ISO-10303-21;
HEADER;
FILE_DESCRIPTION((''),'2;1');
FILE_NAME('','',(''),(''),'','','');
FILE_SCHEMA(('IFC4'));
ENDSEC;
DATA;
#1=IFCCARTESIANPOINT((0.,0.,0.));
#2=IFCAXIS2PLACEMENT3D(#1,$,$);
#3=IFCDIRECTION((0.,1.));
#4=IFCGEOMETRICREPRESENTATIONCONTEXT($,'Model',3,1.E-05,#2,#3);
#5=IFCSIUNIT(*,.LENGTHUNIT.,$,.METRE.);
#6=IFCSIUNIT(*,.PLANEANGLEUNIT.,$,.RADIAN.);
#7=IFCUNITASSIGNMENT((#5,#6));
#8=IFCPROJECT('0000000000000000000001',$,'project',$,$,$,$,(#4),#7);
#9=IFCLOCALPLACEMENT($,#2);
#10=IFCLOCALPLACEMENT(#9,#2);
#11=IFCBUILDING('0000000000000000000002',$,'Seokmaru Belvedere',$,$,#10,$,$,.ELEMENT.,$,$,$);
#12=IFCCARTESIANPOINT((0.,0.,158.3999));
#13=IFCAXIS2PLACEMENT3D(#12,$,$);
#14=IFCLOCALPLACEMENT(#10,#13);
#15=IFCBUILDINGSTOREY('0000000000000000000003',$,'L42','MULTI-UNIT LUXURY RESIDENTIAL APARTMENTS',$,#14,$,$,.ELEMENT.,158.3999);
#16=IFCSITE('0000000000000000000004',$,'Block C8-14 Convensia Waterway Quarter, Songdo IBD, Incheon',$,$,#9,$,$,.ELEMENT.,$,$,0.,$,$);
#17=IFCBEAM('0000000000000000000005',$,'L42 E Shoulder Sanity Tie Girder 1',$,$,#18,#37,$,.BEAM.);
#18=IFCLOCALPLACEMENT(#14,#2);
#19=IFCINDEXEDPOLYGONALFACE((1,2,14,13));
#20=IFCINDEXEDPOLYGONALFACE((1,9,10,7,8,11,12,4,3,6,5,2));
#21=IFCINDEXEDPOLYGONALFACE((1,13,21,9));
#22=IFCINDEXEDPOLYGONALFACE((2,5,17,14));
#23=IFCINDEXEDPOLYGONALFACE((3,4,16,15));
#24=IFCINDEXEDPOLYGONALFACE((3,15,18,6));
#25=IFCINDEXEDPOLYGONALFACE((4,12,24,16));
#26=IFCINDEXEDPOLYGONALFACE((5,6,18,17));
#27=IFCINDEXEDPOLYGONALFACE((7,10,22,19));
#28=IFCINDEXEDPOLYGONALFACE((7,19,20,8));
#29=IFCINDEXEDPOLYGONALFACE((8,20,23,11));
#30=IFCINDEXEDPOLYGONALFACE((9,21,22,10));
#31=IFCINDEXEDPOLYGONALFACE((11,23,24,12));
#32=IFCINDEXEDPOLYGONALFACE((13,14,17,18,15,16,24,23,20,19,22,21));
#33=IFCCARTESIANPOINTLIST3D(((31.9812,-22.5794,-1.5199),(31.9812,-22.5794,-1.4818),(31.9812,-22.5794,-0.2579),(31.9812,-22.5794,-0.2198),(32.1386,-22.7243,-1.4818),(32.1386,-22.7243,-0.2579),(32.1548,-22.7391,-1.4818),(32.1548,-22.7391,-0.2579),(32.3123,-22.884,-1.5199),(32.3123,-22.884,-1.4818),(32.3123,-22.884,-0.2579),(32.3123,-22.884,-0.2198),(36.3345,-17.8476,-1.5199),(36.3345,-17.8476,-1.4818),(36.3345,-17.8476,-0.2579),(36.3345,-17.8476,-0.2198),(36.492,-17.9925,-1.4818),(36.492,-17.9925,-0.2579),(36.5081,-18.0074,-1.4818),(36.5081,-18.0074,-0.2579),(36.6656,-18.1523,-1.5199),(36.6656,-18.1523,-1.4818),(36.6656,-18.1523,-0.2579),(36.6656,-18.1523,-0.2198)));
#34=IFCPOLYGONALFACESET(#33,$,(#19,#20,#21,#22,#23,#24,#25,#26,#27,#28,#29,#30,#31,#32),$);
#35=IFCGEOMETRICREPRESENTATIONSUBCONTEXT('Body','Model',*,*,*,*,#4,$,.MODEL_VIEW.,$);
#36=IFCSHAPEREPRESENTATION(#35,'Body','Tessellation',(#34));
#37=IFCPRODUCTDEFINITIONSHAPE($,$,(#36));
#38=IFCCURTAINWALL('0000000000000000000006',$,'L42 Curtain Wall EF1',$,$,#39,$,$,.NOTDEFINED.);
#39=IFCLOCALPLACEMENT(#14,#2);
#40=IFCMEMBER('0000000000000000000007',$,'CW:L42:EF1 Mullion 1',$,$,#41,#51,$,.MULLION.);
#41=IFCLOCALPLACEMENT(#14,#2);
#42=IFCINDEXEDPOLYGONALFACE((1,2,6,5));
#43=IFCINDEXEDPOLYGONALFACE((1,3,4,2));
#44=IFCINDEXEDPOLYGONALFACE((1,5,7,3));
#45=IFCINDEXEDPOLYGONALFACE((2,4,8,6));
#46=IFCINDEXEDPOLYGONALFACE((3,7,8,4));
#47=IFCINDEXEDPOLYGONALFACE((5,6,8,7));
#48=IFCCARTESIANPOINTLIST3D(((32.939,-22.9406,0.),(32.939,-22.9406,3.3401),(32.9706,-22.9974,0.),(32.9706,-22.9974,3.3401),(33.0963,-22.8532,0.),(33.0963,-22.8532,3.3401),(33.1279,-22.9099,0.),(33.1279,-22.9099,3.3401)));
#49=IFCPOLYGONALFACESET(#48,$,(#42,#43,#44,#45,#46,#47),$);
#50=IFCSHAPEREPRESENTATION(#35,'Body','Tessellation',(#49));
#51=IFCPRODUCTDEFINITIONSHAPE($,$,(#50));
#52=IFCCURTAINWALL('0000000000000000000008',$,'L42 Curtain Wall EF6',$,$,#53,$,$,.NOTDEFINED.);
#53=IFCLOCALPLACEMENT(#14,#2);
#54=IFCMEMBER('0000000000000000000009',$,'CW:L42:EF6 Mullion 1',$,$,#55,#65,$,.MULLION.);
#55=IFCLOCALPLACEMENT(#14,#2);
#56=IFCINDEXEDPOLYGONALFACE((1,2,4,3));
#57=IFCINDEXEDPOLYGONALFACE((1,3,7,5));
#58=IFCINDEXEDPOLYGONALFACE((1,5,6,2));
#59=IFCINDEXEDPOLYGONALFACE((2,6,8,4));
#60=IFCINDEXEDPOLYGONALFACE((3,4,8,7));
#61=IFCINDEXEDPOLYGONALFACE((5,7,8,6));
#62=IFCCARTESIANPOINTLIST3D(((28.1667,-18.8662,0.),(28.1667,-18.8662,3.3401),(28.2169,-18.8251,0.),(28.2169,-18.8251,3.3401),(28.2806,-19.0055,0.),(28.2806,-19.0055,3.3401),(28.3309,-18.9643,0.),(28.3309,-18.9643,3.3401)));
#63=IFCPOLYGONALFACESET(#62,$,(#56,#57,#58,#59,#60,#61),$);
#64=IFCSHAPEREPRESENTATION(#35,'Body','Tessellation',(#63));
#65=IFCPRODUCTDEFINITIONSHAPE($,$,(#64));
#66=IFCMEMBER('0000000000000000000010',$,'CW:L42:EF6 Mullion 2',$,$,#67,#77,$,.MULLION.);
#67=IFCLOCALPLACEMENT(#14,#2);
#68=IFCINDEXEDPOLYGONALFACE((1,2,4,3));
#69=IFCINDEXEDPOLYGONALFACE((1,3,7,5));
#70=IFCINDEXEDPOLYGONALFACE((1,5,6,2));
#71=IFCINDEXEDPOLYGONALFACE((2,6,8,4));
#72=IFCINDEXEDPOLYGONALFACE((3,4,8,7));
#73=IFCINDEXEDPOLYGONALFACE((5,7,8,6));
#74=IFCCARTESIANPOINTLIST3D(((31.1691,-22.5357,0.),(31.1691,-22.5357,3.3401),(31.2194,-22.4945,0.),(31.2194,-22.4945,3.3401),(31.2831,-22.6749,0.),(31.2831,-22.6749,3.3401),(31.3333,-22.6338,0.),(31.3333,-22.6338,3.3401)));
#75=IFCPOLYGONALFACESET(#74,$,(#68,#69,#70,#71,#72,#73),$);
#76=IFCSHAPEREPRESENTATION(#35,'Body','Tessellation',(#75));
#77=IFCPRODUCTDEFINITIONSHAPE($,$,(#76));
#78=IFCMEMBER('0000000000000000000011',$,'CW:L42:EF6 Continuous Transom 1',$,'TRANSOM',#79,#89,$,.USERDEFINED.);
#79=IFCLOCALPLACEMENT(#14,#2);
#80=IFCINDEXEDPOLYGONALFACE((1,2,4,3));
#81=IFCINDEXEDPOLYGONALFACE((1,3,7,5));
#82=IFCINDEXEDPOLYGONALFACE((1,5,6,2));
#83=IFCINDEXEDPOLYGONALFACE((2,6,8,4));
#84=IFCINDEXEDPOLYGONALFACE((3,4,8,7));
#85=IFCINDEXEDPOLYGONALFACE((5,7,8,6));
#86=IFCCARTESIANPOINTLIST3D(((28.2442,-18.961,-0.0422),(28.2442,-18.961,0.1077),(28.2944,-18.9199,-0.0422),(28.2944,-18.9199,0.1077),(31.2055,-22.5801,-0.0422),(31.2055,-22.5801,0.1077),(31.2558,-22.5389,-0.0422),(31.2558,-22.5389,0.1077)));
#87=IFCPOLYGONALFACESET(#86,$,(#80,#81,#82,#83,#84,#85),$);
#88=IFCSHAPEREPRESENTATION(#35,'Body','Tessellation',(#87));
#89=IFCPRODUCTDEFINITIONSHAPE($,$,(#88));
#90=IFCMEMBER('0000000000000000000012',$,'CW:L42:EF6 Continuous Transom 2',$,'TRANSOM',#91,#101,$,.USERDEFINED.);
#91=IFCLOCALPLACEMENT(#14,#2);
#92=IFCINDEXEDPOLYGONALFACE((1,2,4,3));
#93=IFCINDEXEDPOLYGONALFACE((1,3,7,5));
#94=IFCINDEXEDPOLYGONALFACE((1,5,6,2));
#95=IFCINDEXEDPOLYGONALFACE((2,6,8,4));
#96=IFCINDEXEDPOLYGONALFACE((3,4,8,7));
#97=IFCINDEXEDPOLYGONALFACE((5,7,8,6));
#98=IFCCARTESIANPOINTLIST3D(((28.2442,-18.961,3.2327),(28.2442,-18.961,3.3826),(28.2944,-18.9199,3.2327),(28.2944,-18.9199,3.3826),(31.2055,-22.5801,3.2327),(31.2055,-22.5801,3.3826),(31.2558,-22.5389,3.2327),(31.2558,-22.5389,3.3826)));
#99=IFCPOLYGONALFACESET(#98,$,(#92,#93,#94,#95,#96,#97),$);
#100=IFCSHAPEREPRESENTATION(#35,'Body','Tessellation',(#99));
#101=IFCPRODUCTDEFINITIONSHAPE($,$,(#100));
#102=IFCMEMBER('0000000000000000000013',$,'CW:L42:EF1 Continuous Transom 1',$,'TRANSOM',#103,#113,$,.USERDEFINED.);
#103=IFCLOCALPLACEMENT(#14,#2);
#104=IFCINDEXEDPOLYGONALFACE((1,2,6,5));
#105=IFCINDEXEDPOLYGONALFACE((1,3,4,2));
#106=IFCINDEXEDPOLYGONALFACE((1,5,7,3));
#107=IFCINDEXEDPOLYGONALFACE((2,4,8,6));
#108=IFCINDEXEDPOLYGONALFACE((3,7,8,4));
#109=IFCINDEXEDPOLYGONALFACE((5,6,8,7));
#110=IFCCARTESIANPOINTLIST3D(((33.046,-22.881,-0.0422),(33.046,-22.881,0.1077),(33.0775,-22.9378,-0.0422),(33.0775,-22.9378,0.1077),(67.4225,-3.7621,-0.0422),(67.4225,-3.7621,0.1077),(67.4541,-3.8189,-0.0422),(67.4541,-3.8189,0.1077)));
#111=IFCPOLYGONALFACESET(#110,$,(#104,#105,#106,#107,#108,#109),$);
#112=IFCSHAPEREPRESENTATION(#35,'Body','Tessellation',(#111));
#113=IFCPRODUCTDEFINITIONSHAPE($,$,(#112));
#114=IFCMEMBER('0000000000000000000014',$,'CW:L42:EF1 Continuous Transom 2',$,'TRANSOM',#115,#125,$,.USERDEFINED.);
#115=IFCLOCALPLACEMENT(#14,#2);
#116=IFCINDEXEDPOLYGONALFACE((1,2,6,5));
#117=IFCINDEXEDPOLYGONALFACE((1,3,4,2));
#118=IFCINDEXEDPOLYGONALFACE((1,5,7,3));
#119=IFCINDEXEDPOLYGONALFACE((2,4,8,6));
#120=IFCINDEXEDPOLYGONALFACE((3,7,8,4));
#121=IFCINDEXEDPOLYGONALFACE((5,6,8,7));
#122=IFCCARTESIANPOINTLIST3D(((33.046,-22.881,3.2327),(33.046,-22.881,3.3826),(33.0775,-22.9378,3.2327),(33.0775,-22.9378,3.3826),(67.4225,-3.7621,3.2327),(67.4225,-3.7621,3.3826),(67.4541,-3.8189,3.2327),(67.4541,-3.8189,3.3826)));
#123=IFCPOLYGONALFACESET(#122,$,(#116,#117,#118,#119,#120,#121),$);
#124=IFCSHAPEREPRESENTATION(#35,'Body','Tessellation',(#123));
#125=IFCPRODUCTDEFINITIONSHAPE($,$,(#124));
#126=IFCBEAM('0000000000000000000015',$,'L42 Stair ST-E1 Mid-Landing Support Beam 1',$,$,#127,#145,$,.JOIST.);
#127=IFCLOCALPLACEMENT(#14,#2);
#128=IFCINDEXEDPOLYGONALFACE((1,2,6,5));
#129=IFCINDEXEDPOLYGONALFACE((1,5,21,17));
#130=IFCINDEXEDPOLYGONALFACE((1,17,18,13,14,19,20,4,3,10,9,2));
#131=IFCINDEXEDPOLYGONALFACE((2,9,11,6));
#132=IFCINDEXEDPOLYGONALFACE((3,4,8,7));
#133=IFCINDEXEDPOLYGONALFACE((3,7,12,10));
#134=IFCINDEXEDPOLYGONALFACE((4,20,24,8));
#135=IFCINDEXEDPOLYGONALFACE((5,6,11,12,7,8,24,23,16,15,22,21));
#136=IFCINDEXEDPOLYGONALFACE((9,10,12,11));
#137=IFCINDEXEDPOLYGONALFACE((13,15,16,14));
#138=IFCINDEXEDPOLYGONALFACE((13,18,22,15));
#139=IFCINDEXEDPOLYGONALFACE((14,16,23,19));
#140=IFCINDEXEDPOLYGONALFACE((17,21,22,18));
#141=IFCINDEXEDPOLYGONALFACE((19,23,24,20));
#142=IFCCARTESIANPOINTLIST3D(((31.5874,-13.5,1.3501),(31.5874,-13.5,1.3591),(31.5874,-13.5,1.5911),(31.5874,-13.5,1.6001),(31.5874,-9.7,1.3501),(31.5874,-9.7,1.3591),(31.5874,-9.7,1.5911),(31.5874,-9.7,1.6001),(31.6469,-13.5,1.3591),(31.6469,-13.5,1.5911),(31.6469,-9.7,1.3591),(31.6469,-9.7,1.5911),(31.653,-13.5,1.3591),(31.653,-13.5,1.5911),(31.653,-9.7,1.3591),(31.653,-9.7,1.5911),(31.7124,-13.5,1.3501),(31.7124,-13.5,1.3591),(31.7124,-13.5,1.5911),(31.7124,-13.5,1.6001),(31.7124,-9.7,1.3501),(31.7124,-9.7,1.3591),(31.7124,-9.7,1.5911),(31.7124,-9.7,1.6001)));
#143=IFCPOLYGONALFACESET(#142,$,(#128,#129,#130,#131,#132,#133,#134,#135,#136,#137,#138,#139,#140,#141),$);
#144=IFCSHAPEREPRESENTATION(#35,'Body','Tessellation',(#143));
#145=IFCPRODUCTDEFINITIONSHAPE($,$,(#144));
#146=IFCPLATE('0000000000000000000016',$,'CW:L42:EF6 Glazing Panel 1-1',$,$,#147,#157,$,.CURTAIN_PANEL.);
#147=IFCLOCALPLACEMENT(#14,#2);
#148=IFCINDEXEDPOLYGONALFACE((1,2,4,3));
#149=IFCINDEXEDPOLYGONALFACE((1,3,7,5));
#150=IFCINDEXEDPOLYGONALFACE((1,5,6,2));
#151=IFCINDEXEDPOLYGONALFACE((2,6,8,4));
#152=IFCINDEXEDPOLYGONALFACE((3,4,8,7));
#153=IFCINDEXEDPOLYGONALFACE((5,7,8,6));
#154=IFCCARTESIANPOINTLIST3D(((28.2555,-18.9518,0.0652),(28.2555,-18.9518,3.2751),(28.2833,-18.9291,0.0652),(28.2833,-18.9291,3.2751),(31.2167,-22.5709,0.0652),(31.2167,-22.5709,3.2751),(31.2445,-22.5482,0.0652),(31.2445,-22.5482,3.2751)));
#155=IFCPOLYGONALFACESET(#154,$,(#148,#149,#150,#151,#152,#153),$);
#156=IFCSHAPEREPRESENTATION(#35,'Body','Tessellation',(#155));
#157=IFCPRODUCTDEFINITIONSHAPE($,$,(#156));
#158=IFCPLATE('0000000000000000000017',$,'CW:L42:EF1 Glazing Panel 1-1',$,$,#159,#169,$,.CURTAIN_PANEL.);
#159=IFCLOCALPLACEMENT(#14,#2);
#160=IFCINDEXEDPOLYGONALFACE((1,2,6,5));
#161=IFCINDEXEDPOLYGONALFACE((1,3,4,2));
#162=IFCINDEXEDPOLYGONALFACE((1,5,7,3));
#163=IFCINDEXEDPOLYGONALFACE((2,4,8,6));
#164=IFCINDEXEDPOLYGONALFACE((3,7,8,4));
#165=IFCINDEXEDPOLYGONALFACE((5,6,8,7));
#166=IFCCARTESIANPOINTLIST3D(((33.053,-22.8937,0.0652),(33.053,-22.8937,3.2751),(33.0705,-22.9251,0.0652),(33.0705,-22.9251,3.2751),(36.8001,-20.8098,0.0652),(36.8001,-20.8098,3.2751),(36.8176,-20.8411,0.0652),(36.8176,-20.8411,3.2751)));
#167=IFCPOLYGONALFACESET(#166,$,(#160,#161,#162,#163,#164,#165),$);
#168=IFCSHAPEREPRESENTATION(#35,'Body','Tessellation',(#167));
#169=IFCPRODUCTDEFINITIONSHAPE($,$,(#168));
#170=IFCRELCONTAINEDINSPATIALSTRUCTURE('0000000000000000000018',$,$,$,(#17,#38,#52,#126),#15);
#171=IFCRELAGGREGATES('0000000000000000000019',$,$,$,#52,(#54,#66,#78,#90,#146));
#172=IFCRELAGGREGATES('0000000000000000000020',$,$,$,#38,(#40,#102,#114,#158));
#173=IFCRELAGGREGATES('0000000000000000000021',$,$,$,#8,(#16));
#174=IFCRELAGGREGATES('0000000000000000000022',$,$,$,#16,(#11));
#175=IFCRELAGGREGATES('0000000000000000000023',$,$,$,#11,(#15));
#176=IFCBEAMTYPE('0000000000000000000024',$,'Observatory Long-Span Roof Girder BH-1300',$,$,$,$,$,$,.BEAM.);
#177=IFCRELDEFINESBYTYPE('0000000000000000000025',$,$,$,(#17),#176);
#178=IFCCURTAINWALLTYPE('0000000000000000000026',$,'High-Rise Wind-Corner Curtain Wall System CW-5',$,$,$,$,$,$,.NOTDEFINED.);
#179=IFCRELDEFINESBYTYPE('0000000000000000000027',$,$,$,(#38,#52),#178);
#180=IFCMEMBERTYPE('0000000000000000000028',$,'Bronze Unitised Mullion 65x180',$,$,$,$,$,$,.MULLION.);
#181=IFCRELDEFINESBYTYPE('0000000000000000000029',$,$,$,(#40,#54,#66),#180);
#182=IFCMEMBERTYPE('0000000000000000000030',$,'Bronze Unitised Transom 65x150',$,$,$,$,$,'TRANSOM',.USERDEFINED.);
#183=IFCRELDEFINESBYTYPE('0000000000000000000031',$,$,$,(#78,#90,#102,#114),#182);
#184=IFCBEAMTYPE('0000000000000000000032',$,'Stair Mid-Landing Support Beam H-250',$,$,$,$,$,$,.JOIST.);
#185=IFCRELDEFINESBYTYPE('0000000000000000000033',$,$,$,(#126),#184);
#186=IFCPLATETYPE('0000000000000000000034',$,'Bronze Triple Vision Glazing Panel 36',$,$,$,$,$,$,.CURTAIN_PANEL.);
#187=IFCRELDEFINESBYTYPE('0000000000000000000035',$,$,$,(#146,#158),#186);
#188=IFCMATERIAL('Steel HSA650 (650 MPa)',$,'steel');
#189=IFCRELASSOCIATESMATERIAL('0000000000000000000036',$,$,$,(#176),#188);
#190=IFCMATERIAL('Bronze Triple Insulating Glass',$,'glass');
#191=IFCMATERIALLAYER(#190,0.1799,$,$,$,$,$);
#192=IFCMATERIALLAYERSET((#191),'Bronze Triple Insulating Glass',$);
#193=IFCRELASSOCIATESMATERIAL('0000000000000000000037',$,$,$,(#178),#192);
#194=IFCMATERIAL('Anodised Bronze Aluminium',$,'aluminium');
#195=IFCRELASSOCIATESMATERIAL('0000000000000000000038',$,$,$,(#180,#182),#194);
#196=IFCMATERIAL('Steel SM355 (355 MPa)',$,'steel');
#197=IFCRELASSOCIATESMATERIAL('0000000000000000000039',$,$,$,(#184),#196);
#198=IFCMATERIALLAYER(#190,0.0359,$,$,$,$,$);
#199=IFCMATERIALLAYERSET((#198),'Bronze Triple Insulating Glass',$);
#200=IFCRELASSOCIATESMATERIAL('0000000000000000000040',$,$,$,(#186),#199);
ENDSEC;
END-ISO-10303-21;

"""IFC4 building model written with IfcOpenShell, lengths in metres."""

from ifc_helpers import new_model, si_unit, direction, frame, origin, origin_2d, place, context, subcontext, project, spatial, rectangle, i_section, extrude, source, transform, mapped, material, layer, layer_set, material_profile, profile_set, type_object, type_shapes, element, aggregate, save


model = new_model("IFC4")

# Units and contexts
model_context = context("Model", 3, precision=1e-05, world=origin(), true_north=direction((0.0, 1.0)))
body_context = subcontext(model_context, "Body", "Model", "MODEL_VIEW")
ifc_project = project(units=[si_unit("LENGTHUNIT", "METRE"), si_unit("PLANEANGLEUNIT", "RADIAN")], contexts=[model_context])

# Site, building, storey
site_placement = place(None, origin())
site = spatial("IfcSite", under=ifc_project, at=site_placement, Name="Block C8-14 Convensia Waterway Quarter, Songdo IBD, Incheon", CompositionType="ELEMENT", RefElevation=0.0)
building_placement = place(site_placement, origin())
building = spatial("IfcBuilding", under=site, at=building_placement, Name="Seokmaru Belvedere", CompositionType="ELEMENT")
storey_placement = place(building_placement, frame((0.0, 0.0, 158.3999)))
storey = spatial("IfcBuildingStorey", under=building, at=storey_placement, Name="L42", Description="MULTI-UNIT LUXURY RESIDENTIAL APARTMENTS", CompositionType="ELEMENT", Elevation=158.3999)

# Shared definitions
ifc_material_1 = material(Name="Steel SM355 (355 MPa)", Category="steel")

# Beam
ifc_material_2 = material(Name="Steel HSA650 (650 MPa)", Category="steel")
ifc_material_profile_1 = material_profile(ifc_material_2, i_section(OverallWidth=0.45, OverallDepth=1.3, WebThickness=0.022, FlangeThickness=0.0381, at=origin_2d()), Name="BH-1300x450x22x38")
ifc_profile_set_1 = profile_set([ifc_material_profile_1], Name="Steel HSA650 (650 MPa)")
beam_type_1 = type_object("IfcBeamType", Name="Observatory Long-Span Roof Girder BH-1300", PredefinedType="BEAM", material=ifc_profile_set_1)
shared_shape_1 = source(origin(), body_context, "Body", "SweptSolid", [
    extrude(i_section(OverallWidth=0.45, OverallDepth=1.3, WebThickness=0.022, FlangeThickness=0.0381, at=origin_2d()), origin(), (0.0, 0.0, 1.0), 6.4297),
])
beam_1_placement = place(storey_placement, frame((32.1467, -22.7317, -0.8699), z_axis=(0.677066, 0.735922, 0.0), x_axis=(-0.735922, 0.677066, 0.0)))
element("IfcBeam", 1, at=beam_1_placement, inside=storey, type_object=beam_type_1, Name="L42 E Shoulder Sanity Tie Girder 1", PredefinedType="BEAM", context=body_context, shape_type="MappedRepresentation", body=[
    mapped(shared_shape_1, transform((0.0, 0.0, 0.0), scale=1.0)),
])

# Curtain wall, member
ifc_material_3 = material(Name="Bronze Triple Insulating Glass", Category="glass")
ifc_layer_1 = layer(ifc_material_3, 0.1799)
ifc_layer_set_1 = layer_set([ifc_layer_1], Name="Bronze Triple Insulating Glass")
curtain_wall_type = type_object("IfcCurtainWallType", Name="High-Rise Wind-Corner Curtain Wall System CW-5", PredefinedType="NOTDEFINED", material=ifc_layer_set_1)
curtain_wall_1_placement = place(storey_placement, origin())
curtain_wall_1 = element("IfcCurtainWall", 2, at=curtain_wall_1_placement, inside=storey, type_object=curtain_wall_type, Name="L42 Curtain Wall EF1", PredefinedType="NOTDEFINED")
ifc_material_4 = material(Name="Anodised Bronze Aluminium", Category="aluminium")
ifc_material_profile_2 = material_profile(ifc_material_4, rectangle(XDim=0.0649, YDim=0.1799, at=origin_2d()), Name="CW-M-65x180")
ifc_profile_set_2 = profile_set([ifc_material_profile_2], Name="Anodised Bronze Aluminium")
member_type_1 = type_object("IfcMemberType", Name="Bronze Unitised Mullion 65x180", PredefinedType="MULLION", material=ifc_profile_set_2)
shared_shape_2 = source(origin(), body_context, "Body", "SweptSolid", [
    extrude(rectangle(XDim=0.0649, YDim=0.1799, at=origin_2d()), origin(), (0.0, 0.0, 1.0), 3.3401),
])
type_shapes(member_type_1, [shared_shape_2])
member_1_placement = place(storey_placement, frame((33.0334, -22.9253, 0.0), z_axis=(0.0, 0.0, 1.0), x_axis=(-0.486047, 0.873933, 0.0)))
member_1 = element("IfcMember", 3, at=member_1_placement, type_object=member_type_1, Name="CW:L42:EF1 Mullion 1", PredefinedType="MULLION", context=body_context, shape_type="MappedRepresentation", body=[
    mapped(shared_shape_2, transform((0.0, 0.0, 0.0), scale=1.0)),
])

# Curtain wall, members
curtain_wall_2_placement = place(storey_placement, origin())
curtain_wall_2 = element("IfcCurtainWall", 4, at=curtain_wall_2_placement, inside=storey, type_object=curtain_wall_type, Name="L42 Curtain Wall EF6", PredefinedType="NOTDEFINED")
member_2_placement = place(storey_placement, frame((28.2488, -18.9153, 0.0), z_axis=(0.0, 0.0, 1.0), x_axis=(0.773944, 0.633254, 0.0)))
member_2 = element("IfcMember", 5, at=member_2_placement, type_object=member_type_1, Name="CW:L42:EF6 Mullion 1", PredefinedType="MULLION", context=body_context, shape_type="MappedRepresentation", body=[
    mapped(shared_shape_2, transform((0.0, 0.0, 0.0), scale=1.0)),
])
member_3_placement = place(storey_placement, frame((31.2512, -22.5847, 0.0), z_axis=(0.0, 0.0, 1.0), x_axis=(0.773944, 0.633254, 0.0)))
member_3 = element("IfcMember", 6, at=member_3_placement, type_object=member_type_1, Name="CW:L42:EF6 Mullion 2", PredefinedType="MULLION", context=body_context, shape_type="MappedRepresentation", body=[
    mapped(shared_shape_2, transform((0.0, 0.0, 0.0), scale=1.0)),
])
ifc_material_profile_3 = material_profile(ifc_material_4, rectangle(XDim=0.0649, YDim=0.1499, at=origin_2d()), Name="CW-T-65x150")
ifc_profile_set_3 = profile_set([ifc_material_profile_3], Name="Anodised Bronze Aluminium")
member_type_2 = type_object("IfcMemberType", Name="Bronze Unitised Transom 65x150", ElementType="TRANSOM", PredefinedType="USERDEFINED", material=ifc_profile_set_3)
shared_shape_3 = source(origin(), body_context, "Body", "SweptSolid", [
    extrude(rectangle(XDim=0.0649, YDim=0.1499, at=origin_2d()), origin(), (0.0, 0.0, 1.0), 4.6763),
])
member_4_placement = place(storey_placement, frame((28.2693, -18.9404, 0.0327), z_axis=(0.633278, -0.773925, 0.0), x_axis=(0.773925, 0.633278, 0.0)))
member_4 = element("IfcMember", 7, at=member_4_placement, type_object=member_type_2, Name="CW:L42:EF6 Continuous Transom 1", ObjectType="TRANSOM", PredefinedType="USERDEFINED", context=body_context, shape_type="MappedRepresentation", body=[
    mapped(shared_shape_3, transform((0.0, 0.0, 0.0), scale=1.0)),
])
member_5_placement = place(storey_placement, frame((28.2693, -18.9404, 3.3076), z_axis=(0.633278, -0.773925, 0.0), x_axis=(0.773925, 0.633278, 0.0)))
member_5 = element("IfcMember", 8, at=member_5_placement, type_object=member_type_2, Name="CW:L42:EF6 Continuous Transom 2", ObjectType="TRANSOM", PredefinedType="USERDEFINED", context=body_context, shape_type="MappedRepresentation", body=[
    mapped(shared_shape_3, transform((0.0, 0.0, 0.0), scale=1.0)),
])

# Members
shared_shape_4 = source(origin(), body_context, "Body", "SweptSolid", [
    extrude(rectangle(XDim=0.0649, YDim=0.1499, at=origin_2d()), origin(), (0.0, 0.0, 1.0), 39.3354),
])
type_shapes(member_type_2, [shared_shape_3, shared_shape_4])
member_6_placement = place(storey_placement, frame((33.0618, -22.9094, 0.0327), z_axis=(0.873932, 0.486048, 0.0), x_axis=(-0.486048, 0.873932, 0.0)))
member_6 = element("IfcMember", 9, at=member_6_placement, type_object=member_type_2, Name="CW:L42:EF1 Continuous Transom 1", ObjectType="TRANSOM", PredefinedType="USERDEFINED", context=body_context, shape_type="MappedRepresentation", body=[
    mapped(shared_shape_4, transform((0.0, 0.0, 0.0), scale=1.0)),
])
member_7_placement = place(storey_placement, frame((33.0618, -22.9094, 3.3076), z_axis=(0.873932, 0.486048, 0.0), x_axis=(-0.486048, 0.873932, 0.0)))
member_7 = element("IfcMember", 10, at=member_7_placement, type_object=member_type_2, Name="CW:L42:EF1 Continuous Transom 2", ObjectType="TRANSOM", PredefinedType="USERDEFINED", context=body_context, shape_type="MappedRepresentation", body=[
    mapped(shared_shape_4, transform((0.0, 0.0, 0.0), scale=1.0)),
])

# Beam
ifc_material_profile_4 = material_profile(ifc_material_1, i_section(OverallWidth=0.125, OverallDepth=0.25, WebThickness=0.0061, FlangeThickness=0.009, at=origin_2d()), Name="H-250x125x6x9")
ifc_profile_set_4 = profile_set([ifc_material_profile_4], Name="Steel SM355 (355 MPa)")
beam_type_2 = type_object("IfcBeamType", Name="Stair Mid-Landing Support Beam H-250", PredefinedType="JOIST", material=ifc_profile_set_4)
shared_shape_5 = source(origin(), body_context, "Body", "SweptSolid", [
    extrude(i_section(OverallWidth=0.125, OverallDepth=0.25, WebThickness=0.0061, FlangeThickness=0.009, at=origin_2d()), origin(), (0.0, 0.0, 1.0), 3.8),
])
type_shapes(beam_type_2, [shared_shape_5])
beam_2_placement = place(storey_placement, frame((31.6499, -13.5, 1.4751), z_axis=(0.0, 1.0, 0.0), x_axis=(-1.0, 0.0, 0.0)))
element("IfcBeam", 11, at=beam_2_placement, inside=storey, type_object=beam_type_2, Name="L42 Stair ST-E1 Mid-Landing Support Beam 1", PredefinedType="JOIST", context=body_context, shape_type="MappedRepresentation", body=[
    mapped(shared_shape_5, transform((0.0, 0.0, 0.0), scale=1.0)),
])

# Plates
ifc_layer_2 = layer(ifc_material_3, 0.0359)
ifc_layer_set_2 = layer_set([ifc_layer_2], Name="Bronze Triple Insulating Glass")
plate_type = type_object("IfcPlateType", Name="Bronze Triple Vision Glazing Panel 36", PredefinedType="CURTAIN_PANEL", material=ifc_layer_set_2)
shared_shape_6 = source(origin(), body_context, "Body", "SweptSolid", [
    extrude(rectangle(XDim=4.6763, YDim=0.0359, at=origin_2d()), origin(), (0.0, 0.0, 1.0), 3.21),
])
plate_1_placement = place(storey_placement, frame((29.75, -20.75, 0.0652), z_axis=(0.0, 0.0, 1.0), x_axis=(0.633254, -0.773944, 0.0)))
plate_1 = element("IfcPlate", 12, at=plate_1_placement, type_object=plate_type, Name="CW:L42:EF6 Glazing Panel 1-1", PredefinedType="CURTAIN_PANEL", context=body_context, shape_type="MappedRepresentation", body=[
    mapped(shared_shape_6, transform((0.0, 0.0, 0.0), scale=1.0)),
])
aggregate(curtain_wall_2, [member_2, member_3, member_4, member_5, plate_1])
shared_shape_7 = source(origin(), body_context, "Body", "SweptSolid", [
    extrude(rectangle(XDim=4.2876, YDim=0.0359, at=origin_2d()), origin(), (0.0, 0.0, 1.0), 3.21),
])
type_shapes(plate_type, [shared_shape_6, shared_shape_7])
plate_2_placement = place(storey_placement, frame((34.9353, -21.8674, 0.0652), z_axis=(0.0, 0.0, 1.0), x_axis=(0.873933, 0.486047, 0.0)))
plate_2 = element("IfcPlate", 13, at=plate_2_placement, type_object=plate_type, Name="CW:L42:EF1 Glazing Panel 1-1", PredefinedType="CURTAIN_PANEL", context=body_context, shape_type="MappedRepresentation", body=[
    mapped(shared_shape_7, transform((0.0, 0.0, 0.0), scale=1.0)),
])
aggregate(curtain_wall_1, [member_1, member_6, member_7, plate_2])

save(model, "model.ifc")
